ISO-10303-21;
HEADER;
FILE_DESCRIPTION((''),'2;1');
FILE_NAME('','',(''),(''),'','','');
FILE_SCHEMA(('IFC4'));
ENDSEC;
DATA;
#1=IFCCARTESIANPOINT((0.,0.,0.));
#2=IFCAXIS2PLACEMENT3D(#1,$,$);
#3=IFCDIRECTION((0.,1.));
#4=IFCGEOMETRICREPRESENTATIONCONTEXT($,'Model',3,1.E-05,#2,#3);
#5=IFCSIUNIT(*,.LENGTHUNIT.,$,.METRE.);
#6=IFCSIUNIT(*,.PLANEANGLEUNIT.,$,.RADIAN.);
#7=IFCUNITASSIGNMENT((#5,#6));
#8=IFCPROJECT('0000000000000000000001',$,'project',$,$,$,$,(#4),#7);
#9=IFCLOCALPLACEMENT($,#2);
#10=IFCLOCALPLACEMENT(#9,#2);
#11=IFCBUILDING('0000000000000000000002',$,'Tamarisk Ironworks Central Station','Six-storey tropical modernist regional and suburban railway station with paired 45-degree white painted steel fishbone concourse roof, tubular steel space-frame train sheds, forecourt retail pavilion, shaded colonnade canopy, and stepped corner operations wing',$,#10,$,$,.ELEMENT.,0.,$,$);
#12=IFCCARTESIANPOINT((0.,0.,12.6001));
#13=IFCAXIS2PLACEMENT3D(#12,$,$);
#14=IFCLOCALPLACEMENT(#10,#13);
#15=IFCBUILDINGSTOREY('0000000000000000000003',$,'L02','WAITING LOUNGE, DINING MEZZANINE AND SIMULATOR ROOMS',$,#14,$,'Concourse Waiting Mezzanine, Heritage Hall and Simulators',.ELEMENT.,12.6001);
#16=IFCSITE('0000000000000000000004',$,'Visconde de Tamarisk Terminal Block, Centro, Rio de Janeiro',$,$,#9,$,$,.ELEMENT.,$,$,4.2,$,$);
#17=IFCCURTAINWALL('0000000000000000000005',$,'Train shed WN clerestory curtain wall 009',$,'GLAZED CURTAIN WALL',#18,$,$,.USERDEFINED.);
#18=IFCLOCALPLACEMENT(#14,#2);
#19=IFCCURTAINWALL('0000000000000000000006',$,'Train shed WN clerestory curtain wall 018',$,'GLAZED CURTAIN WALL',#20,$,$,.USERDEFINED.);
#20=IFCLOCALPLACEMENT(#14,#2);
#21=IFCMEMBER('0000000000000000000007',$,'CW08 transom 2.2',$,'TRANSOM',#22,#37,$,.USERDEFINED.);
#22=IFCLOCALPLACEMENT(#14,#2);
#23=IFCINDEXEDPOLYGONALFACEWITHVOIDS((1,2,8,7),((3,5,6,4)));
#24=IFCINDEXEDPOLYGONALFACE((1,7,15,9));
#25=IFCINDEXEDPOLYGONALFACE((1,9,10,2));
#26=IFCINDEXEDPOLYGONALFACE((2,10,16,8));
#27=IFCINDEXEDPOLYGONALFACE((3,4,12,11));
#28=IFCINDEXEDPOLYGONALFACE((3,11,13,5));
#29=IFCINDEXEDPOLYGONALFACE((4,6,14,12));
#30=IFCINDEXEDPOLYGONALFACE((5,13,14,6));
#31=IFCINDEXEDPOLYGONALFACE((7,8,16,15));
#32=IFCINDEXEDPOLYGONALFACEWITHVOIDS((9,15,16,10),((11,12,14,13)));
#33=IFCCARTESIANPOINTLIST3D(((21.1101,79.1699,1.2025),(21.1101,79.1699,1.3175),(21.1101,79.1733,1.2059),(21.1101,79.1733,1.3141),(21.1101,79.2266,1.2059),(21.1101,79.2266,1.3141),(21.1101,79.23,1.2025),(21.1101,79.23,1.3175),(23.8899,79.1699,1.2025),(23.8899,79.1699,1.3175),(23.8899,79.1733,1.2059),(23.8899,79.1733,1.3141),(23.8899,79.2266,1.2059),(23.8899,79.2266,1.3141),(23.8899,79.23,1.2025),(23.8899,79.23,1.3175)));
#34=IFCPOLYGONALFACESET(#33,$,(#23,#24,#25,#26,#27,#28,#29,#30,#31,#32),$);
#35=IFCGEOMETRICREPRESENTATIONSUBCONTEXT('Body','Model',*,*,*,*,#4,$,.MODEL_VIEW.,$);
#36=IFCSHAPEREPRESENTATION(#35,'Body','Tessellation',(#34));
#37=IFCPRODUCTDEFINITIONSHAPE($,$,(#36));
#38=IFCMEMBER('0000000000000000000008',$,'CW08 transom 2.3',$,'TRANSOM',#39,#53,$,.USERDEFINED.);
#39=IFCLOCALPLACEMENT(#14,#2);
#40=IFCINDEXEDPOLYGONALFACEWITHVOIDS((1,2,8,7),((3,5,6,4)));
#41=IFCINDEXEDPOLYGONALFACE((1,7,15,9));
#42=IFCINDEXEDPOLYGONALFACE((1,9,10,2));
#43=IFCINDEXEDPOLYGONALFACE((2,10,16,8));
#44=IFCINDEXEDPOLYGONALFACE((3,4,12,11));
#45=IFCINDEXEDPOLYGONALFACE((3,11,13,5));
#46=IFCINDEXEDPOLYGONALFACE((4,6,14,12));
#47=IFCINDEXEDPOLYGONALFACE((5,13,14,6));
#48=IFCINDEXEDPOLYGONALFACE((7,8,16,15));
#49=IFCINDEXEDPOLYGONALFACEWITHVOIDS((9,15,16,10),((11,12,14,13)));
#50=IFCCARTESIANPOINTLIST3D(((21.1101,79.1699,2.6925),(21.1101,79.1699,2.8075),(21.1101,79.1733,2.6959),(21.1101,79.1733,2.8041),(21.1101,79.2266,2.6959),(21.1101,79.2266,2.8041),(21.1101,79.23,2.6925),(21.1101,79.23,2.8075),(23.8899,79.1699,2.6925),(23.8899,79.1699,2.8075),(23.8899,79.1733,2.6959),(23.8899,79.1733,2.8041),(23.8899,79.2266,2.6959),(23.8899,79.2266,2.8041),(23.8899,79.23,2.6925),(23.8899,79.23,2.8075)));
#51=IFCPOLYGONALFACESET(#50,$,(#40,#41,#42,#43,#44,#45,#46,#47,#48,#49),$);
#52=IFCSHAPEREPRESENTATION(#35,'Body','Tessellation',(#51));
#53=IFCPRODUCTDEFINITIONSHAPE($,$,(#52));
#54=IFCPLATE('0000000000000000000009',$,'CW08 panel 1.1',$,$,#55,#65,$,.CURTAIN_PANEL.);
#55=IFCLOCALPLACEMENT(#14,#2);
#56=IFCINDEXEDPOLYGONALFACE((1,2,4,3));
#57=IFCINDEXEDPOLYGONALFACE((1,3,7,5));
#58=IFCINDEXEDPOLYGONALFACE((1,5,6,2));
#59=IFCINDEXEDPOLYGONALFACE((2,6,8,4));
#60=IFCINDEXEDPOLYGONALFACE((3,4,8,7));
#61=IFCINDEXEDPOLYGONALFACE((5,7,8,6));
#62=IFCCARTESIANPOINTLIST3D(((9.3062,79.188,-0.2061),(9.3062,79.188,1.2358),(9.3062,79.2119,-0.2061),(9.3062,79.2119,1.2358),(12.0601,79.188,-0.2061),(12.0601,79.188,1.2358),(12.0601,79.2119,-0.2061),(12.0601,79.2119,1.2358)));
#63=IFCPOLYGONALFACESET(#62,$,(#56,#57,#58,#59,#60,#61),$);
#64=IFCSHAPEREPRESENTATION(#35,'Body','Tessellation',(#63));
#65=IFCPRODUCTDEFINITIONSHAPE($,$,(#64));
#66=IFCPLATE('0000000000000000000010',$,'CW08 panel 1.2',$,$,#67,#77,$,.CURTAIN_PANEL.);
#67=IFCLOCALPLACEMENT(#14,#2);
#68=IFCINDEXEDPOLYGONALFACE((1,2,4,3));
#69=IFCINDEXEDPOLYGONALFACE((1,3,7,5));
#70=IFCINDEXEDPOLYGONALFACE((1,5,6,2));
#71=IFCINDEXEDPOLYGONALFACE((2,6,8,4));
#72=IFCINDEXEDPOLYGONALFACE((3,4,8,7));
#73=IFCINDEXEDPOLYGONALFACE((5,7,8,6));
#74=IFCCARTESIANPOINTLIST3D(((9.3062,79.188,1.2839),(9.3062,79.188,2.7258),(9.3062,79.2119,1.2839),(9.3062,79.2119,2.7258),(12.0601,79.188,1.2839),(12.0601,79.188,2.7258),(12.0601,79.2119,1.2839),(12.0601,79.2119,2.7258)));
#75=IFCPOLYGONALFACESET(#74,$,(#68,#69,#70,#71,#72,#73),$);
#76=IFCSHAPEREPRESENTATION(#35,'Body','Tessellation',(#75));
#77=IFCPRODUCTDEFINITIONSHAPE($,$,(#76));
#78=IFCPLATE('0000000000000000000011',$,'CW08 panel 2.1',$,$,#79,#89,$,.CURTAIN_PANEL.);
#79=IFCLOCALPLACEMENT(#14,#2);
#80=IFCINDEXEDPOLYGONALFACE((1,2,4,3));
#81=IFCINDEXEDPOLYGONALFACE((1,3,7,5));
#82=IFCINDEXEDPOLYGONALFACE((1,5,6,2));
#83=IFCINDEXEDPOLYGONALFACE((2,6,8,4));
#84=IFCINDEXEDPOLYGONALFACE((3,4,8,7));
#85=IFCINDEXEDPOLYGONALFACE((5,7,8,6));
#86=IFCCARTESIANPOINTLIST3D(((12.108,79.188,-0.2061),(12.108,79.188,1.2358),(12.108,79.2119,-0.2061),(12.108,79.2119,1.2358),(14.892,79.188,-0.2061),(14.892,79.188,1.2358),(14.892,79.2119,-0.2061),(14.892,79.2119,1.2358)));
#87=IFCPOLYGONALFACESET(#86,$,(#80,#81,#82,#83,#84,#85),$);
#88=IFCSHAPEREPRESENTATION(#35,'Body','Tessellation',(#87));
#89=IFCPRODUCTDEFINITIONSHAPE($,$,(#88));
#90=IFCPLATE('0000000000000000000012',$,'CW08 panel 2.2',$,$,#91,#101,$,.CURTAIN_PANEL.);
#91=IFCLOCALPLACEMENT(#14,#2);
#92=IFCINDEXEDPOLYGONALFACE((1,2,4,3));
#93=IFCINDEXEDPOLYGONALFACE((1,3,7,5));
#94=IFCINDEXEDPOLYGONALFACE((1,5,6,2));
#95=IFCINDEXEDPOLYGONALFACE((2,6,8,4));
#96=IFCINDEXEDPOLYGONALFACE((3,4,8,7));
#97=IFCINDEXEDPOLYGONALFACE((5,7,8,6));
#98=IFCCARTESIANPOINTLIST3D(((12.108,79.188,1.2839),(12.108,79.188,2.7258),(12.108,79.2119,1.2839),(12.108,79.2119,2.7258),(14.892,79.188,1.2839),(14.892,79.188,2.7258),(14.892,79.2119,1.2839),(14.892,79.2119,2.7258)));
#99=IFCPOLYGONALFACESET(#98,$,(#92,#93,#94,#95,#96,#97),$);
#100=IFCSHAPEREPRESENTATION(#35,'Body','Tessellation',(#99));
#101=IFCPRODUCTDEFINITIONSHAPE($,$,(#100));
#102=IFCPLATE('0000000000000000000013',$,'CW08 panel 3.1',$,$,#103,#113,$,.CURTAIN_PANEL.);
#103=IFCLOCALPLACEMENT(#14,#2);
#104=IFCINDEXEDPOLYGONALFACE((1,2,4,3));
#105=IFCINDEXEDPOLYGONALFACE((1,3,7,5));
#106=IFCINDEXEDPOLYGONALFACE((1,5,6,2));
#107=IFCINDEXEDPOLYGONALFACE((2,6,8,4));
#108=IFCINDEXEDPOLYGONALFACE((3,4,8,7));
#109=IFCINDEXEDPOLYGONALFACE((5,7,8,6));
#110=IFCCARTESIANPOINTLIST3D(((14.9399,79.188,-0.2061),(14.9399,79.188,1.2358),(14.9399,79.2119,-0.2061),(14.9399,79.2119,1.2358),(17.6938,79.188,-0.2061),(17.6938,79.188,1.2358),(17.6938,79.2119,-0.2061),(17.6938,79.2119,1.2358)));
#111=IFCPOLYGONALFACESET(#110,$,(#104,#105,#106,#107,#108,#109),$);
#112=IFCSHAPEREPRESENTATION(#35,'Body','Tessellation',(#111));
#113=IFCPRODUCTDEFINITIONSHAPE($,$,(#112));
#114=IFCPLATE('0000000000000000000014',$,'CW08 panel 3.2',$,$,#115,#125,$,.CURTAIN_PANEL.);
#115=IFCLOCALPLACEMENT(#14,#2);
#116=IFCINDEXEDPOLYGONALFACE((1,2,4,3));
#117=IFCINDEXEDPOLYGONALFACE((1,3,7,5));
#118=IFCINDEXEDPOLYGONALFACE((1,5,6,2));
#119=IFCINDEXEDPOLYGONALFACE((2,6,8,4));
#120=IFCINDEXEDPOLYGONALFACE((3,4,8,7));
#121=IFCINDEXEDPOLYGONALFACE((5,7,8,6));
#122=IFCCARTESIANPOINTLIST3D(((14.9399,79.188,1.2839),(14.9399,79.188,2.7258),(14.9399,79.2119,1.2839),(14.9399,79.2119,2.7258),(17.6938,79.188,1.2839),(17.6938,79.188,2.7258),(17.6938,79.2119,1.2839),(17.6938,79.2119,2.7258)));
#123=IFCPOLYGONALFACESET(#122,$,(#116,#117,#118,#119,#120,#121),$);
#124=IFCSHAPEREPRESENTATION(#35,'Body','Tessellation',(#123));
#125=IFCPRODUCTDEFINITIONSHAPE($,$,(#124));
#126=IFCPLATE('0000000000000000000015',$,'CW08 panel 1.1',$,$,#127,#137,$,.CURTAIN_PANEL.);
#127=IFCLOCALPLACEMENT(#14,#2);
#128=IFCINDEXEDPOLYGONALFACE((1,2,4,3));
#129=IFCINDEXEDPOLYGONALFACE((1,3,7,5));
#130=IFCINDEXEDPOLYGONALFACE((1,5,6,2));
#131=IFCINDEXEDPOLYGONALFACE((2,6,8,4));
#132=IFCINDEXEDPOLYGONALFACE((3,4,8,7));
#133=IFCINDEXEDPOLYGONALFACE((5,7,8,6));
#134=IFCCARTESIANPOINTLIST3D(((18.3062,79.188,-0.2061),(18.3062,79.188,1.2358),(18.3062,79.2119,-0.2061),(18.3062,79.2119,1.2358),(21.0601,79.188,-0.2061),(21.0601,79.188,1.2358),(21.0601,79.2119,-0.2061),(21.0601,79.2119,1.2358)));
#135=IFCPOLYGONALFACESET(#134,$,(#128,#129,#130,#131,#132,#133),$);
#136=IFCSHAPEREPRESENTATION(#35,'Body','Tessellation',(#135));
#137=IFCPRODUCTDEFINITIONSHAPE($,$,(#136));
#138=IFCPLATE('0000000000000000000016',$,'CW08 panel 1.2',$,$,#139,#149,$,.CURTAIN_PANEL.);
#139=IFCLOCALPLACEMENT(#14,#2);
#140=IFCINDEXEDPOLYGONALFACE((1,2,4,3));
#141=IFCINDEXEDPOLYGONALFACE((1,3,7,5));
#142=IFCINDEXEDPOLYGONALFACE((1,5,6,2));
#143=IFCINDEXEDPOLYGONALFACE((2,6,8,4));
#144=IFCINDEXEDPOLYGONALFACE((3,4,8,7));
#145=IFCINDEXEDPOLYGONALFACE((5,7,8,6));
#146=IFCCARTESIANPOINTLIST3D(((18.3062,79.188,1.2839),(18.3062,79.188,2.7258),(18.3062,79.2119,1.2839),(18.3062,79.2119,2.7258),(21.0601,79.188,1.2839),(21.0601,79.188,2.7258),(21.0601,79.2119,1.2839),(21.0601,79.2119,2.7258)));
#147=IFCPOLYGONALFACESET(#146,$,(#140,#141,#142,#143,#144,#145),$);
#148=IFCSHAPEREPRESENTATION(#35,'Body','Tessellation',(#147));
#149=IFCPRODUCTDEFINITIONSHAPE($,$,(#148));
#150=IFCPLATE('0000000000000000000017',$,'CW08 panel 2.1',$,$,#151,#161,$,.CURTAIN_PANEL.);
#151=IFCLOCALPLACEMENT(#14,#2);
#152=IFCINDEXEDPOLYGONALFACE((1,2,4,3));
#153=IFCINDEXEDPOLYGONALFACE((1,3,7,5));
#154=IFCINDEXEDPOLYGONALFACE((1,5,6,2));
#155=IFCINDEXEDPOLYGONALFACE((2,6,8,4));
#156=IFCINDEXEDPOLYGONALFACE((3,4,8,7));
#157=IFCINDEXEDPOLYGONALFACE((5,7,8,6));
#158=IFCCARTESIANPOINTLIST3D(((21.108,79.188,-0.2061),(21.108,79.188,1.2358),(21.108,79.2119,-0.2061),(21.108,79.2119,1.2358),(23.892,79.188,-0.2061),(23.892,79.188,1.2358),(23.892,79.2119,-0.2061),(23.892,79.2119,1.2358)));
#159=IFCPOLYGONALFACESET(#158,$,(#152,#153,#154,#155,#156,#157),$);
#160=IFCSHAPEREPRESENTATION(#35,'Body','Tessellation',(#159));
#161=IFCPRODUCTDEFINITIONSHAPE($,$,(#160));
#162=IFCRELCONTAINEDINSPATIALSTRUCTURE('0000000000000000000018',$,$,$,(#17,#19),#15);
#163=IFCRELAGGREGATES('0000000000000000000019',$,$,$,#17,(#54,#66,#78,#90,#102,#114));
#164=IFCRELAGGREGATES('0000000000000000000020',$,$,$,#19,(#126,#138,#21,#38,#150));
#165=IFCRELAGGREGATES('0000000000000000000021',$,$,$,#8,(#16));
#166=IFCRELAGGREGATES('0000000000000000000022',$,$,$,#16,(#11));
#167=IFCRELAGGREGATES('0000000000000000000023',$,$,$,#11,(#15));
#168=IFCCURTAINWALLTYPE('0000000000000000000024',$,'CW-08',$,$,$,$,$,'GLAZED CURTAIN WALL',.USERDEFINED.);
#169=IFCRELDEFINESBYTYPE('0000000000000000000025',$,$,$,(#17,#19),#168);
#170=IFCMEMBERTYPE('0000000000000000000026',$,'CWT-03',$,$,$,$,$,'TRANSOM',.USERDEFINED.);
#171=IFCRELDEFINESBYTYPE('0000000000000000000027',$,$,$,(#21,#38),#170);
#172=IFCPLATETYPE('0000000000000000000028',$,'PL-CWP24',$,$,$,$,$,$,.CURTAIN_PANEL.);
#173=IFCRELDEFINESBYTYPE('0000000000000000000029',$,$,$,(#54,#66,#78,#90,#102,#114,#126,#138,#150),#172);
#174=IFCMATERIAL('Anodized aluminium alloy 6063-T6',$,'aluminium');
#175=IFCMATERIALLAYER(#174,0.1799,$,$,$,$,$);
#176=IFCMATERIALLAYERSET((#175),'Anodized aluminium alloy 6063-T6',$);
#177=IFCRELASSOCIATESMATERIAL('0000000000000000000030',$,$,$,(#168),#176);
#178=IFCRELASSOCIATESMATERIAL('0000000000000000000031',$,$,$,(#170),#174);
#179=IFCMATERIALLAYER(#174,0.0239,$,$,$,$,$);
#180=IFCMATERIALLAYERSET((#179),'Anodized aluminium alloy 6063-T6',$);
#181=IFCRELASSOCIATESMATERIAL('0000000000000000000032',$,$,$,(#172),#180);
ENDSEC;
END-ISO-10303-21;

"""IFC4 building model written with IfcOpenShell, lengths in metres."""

from ifc_helpers import new_model, si_unit, direction, frame, origin, origin_2d, place, context, subcontext, project, spatial, rectangle, hollow_rectangle, extrude, material, layer, layer_set, material_profile, profile_set, type_object, element, aggregate, save


model = new_model("IFC4")

# Units and contexts
model_context = context("Model", 3, precision=1e-05, world=origin(), true_north=direction((0.0, 1.0)))
body_context = subcontext(model_context, "Body", "Model", "MODEL_VIEW")
ifc_project = project(units=[si_unit("LENGTHUNIT", "METRE"), si_unit("PLANEANGLEUNIT", "RADIAN")], contexts=[model_context])

# Site, building, storey
site_placement = place(None, origin())
site = spatial("IfcSite", under=ifc_project, at=site_placement, Name="Visconde de Tamarisk Terminal Block, Centro, Rio de Janeiro", CompositionType="ELEMENT", RefElevation=4.2)
building_placement = place(site_placement, origin())
building = spatial("IfcBuilding", under=site, at=building_placement, Name="Tamarisk Ironworks Central Station", Description="Six-storey tropical modernist regional and suburban railway station with paired 45-degree white painted steel fishbone concourse roof, tubular steel space-frame train sheds, forecourt retail pavilion, shaded colonnade canopy, and stepped corner operations wing", CompositionType="ELEMENT", ElevationOfRefHeight=0.0)
storey_placement = place(building_placement, frame((0.0, 0.0, 12.6001)))
storey = spatial("IfcBuildingStorey", under=building, at=storey_placement, Name="L02", Description="WAITING LOUNGE, DINING MEZZANINE AND SIMULATOR ROOMS", LongName="Concourse Waiting Mezzanine, Heritage Hall and Simulators", CompositionType="ELEMENT", Elevation=12.6001)

# Curtain walls
ifc_material_1 = material(Name="Anodized aluminium alloy 6063-T6", Category="aluminium")
ifc_layer_1 = layer(ifc_material_1, 0.1799)
ifc_layer_set_1 = layer_set([ifc_layer_1], Name="Anodized aluminium alloy 6063-T6")
curtain_wall_type = type_object("IfcCurtainWallType", Name="CW-08", ElementType="GLAZED CURTAIN WALL", PredefinedType="USERDEFINED", material=ifc_layer_set_1)
curtain_wall_1_placement = place(storey_placement, origin())
curtain_wall_1 = element("IfcCurtainWall", 1, at=curtain_wall_1_placement, inside=storey, type_object=curtain_wall_type, Name="Train shed WN clerestory curtain wall 009", ObjectType="GLAZED CURTAIN WALL", PredefinedType="USERDEFINED")
curtain_wall_2_placement = place(storey_placement, origin())
curtain_wall_2 = element("IfcCurtainWall", 2, at=curtain_wall_2_placement, inside=storey, type_object=curtain_wall_type, Name="Train shed WN clerestory curtain wall 018", ObjectType="GLAZED CURTAIN WALL", PredefinedType="USERDEFINED")

# Members
ifc_material_profile_1 = material_profile(ifc_material_1, hollow_rectangle(XDim=0.0601, YDim=0.115, WallThickness=0.0034, at=origin_2d()), Name="ALUM 115x60")
ifc_profile_set_1 = profile_set([ifc_material_profile_1], Name="Anodized aluminium alloy 6063-T6")
member_type_1 = type_object("IfcMemberType", Name="CWT-03", ElementType="TRANSOM", PredefinedType="USERDEFINED", material=ifc_profile_set_1)
member_1_placement = place(storey_placement, frame((21.1101, 79.2, 1.26), z_axis=(1.0, 0.0, 0.0), x_axis=(0.0, 1.0, 0.0)))
member_1 = element("IfcMember", 3, at=member_1_placement, type_object=member_type_1, Name="CW08 transom 2.2", ObjectType="TRANSOM", PredefinedType="USERDEFINED", context=body_context, shape_type="SweptSolid", body=[
    extrude(hollow_rectangle(XDim=0.0601, YDim=0.115, WallThickness=0.0034, at=origin_2d()), origin(), (0.0, 0.0, 1.0), 2.7798),
])
member_2_placement = place(storey_placement, frame((21.1101, 79.2, 2.75), z_axis=(1.0, 0.0, 0.0), x_axis=(0.0, 1.0, 0.0)))
member_2 = element("IfcMember", 4, at=member_2_placement, type_object=member_type_1, Name="CW08 transom 2.3", ObjectType="TRANSOM", PredefinedType="USERDEFINED", context=body_context, shape_type="SweptSolid", body=[
    extrude(hollow_rectangle(XDim=0.0601, YDim=0.115, WallThickness=0.0034, at=origin_2d()), origin(), (0.0, 0.0, 1.0), 2.7798),
])

# Plates
ifc_layer_2 = layer(ifc_material_1, 0.0239)
ifc_layer_set_2 = layer_set([ifc_layer_2], Name="Anodized aluminium alloy 6063-T6")
plate_type = type_object("IfcPlateType", Name="PL-CWP24", PredefinedType="CURTAIN_PANEL", material=ifc_layer_set_2)
plate_1_placement = place(storey_placement, frame((10.6831, 79.2, -0.2061), z_axis=(0.0, 0.0, 1.0), x_axis=(1.0, 0.0, 0.0)))
plate_1 = element("IfcPlate", 5, at=plate_1_placement, type_object=plate_type, Name="CW08 panel 1.1", PredefinedType="CURTAIN_PANEL", context=body_context, shape_type="SweptSolid", body=[
    extrude(rectangle(XDim=2.7539, YDim=0.0239, at=origin_2d()), origin(), (0.0, 0.0, 1.0), 1.4419),
])
plate_2_placement = place(storey_placement, frame((10.6831, 79.2, 1.2839), z_axis=(0.0, 0.0, 1.0), x_axis=(1.0, 0.0, 0.0)))
plate_2 = element("IfcPlate", 6, at=plate_2_placement, type_object=plate_type, Name="CW08 panel 1.2", PredefinedType="CURTAIN_PANEL", context=body_context, shape_type="SweptSolid", body=[
    extrude(rectangle(XDim=2.7539, YDim=0.0239, at=origin_2d()), origin(), (0.0, 0.0, 1.0), 1.4419),
])
plate_3_placement = place(storey_placement, frame((13.5, 79.2, -0.2061), z_axis=(0.0, 0.0, 1.0), x_axis=(1.0, 0.0, 0.0)))
plate_3 = element("IfcPlate", 7, at=plate_3_placement, type_object=plate_type, Name="CW08 panel 2.1", PredefinedType="CURTAIN_PANEL", context=body_context, shape_type="SweptSolid", body=[
    extrude(rectangle(XDim=2.7839, YDim=0.0239, at=origin_2d()), origin(), (0.0, 0.0, 1.0), 1.4419),
])
plate_4_placement = place(storey_placement, frame((13.5, 79.2, 1.2839), z_axis=(0.0, 0.0, 1.0), x_axis=(1.0, 0.0, 0.0)))
plate_4 = element("IfcPlate", 8, at=plate_4_placement, type_object=plate_type, Name="CW08 panel 2.2", PredefinedType="CURTAIN_PANEL", context=body_context, shape_type="SweptSolid", body=[
    extrude(rectangle(XDim=2.7839, YDim=0.0239, at=origin_2d()), origin(), (0.0, 0.0, 1.0), 1.4419),
])
plate_5_placement = place(storey_placement, frame((16.3169, 79.2, -0.2061), z_axis=(0.0, 0.0, 1.0), x_axis=(1.0, 0.0, 0.0)))
plate_5 = element("IfcPlate", 9, at=plate_5_placement, type_object=plate_type, Name="CW08 panel 3.1", PredefinedType="CURTAIN_PANEL", context=body_context, shape_type="SweptSolid", body=[
    extrude(rectangle(XDim=2.7539, YDim=0.0239, at=origin_2d()), origin(), (0.0, 0.0, 1.0), 1.4419),
])
plate_6_placement = place(storey_placement, frame((16.3169, 79.2, 1.2839), z_axis=(0.0, 0.0, 1.0), x_axis=(1.0, 0.0, 0.0)))
plate_6 = element("IfcPlate", 10, at=plate_6_placement, type_object=plate_type, Name="CW08 panel 3.2", PredefinedType="CURTAIN_PANEL", context=body_context, shape_type="SweptSolid", body=[
    extrude(rectangle(XDim=2.7539, YDim=0.0239, at=origin_2d()), origin(), (0.0, 0.0, 1.0), 1.4419),
])
aggregate(curtain_wall_1, [plate_1, plate_2, plate_3, plate_4, plate_5, plate_6])
plate_7_placement = place(storey_placement, frame((19.6831, 79.2, -0.2061), z_axis=(0.0, 0.0, 1.0), x_axis=(1.0, 0.0, 0.0)))
plate_7 = element("IfcPlate", 11, at=plate_7_placement, type_object=plate_type, Name="CW08 panel 1.1", PredefinedType="CURTAIN_PANEL", context=body_context, shape_type="SweptSolid", body=[
    extrude(rectangle(XDim=2.7539, YDim=0.0239, at=origin_2d()), origin(), (0.0, 0.0, 1.0), 1.4419),
])
plate_8_placement = place(storey_placement, frame((19.6831, 79.2, 1.2839), z_axis=(0.0, 0.0, 1.0), x_axis=(1.0, 0.0, 0.0)))
plate_8 = element("IfcPlate", 12, at=plate_8_placement, type_object=plate_type, Name="CW08 panel 1.2", PredefinedType="CURTAIN_PANEL", context=body_context, shape_type="SweptSolid", body=[
    extrude(rectangle(XDim=2.7539, YDim=0.0239, at=origin_2d()), origin(), (0.0, 0.0, 1.0), 1.4419),
])
plate_9_placement = place(storey_placement, frame((22.5, 79.2, -0.2061), z_axis=(0.0, 0.0, 1.0), x_axis=(1.0, 0.0, 0.0)))
plate_9 = element("IfcPlate", 13, at=plate_9_placement, type_object=plate_type, Name="CW08 panel 2.1", PredefinedType="CURTAIN_PANEL", context=body_context, shape_type="SweptSolid", body=[
    extrude(rectangle(XDim=2.7839, YDim=0.0239, at=origin_2d()), origin(), (0.0, 0.0, 1.0), 1.4419),
])
aggregate(curtain_wall_2, [plate_7, plate_8, member_1, member_2, plate_9])

save(model, "model.ifc")
